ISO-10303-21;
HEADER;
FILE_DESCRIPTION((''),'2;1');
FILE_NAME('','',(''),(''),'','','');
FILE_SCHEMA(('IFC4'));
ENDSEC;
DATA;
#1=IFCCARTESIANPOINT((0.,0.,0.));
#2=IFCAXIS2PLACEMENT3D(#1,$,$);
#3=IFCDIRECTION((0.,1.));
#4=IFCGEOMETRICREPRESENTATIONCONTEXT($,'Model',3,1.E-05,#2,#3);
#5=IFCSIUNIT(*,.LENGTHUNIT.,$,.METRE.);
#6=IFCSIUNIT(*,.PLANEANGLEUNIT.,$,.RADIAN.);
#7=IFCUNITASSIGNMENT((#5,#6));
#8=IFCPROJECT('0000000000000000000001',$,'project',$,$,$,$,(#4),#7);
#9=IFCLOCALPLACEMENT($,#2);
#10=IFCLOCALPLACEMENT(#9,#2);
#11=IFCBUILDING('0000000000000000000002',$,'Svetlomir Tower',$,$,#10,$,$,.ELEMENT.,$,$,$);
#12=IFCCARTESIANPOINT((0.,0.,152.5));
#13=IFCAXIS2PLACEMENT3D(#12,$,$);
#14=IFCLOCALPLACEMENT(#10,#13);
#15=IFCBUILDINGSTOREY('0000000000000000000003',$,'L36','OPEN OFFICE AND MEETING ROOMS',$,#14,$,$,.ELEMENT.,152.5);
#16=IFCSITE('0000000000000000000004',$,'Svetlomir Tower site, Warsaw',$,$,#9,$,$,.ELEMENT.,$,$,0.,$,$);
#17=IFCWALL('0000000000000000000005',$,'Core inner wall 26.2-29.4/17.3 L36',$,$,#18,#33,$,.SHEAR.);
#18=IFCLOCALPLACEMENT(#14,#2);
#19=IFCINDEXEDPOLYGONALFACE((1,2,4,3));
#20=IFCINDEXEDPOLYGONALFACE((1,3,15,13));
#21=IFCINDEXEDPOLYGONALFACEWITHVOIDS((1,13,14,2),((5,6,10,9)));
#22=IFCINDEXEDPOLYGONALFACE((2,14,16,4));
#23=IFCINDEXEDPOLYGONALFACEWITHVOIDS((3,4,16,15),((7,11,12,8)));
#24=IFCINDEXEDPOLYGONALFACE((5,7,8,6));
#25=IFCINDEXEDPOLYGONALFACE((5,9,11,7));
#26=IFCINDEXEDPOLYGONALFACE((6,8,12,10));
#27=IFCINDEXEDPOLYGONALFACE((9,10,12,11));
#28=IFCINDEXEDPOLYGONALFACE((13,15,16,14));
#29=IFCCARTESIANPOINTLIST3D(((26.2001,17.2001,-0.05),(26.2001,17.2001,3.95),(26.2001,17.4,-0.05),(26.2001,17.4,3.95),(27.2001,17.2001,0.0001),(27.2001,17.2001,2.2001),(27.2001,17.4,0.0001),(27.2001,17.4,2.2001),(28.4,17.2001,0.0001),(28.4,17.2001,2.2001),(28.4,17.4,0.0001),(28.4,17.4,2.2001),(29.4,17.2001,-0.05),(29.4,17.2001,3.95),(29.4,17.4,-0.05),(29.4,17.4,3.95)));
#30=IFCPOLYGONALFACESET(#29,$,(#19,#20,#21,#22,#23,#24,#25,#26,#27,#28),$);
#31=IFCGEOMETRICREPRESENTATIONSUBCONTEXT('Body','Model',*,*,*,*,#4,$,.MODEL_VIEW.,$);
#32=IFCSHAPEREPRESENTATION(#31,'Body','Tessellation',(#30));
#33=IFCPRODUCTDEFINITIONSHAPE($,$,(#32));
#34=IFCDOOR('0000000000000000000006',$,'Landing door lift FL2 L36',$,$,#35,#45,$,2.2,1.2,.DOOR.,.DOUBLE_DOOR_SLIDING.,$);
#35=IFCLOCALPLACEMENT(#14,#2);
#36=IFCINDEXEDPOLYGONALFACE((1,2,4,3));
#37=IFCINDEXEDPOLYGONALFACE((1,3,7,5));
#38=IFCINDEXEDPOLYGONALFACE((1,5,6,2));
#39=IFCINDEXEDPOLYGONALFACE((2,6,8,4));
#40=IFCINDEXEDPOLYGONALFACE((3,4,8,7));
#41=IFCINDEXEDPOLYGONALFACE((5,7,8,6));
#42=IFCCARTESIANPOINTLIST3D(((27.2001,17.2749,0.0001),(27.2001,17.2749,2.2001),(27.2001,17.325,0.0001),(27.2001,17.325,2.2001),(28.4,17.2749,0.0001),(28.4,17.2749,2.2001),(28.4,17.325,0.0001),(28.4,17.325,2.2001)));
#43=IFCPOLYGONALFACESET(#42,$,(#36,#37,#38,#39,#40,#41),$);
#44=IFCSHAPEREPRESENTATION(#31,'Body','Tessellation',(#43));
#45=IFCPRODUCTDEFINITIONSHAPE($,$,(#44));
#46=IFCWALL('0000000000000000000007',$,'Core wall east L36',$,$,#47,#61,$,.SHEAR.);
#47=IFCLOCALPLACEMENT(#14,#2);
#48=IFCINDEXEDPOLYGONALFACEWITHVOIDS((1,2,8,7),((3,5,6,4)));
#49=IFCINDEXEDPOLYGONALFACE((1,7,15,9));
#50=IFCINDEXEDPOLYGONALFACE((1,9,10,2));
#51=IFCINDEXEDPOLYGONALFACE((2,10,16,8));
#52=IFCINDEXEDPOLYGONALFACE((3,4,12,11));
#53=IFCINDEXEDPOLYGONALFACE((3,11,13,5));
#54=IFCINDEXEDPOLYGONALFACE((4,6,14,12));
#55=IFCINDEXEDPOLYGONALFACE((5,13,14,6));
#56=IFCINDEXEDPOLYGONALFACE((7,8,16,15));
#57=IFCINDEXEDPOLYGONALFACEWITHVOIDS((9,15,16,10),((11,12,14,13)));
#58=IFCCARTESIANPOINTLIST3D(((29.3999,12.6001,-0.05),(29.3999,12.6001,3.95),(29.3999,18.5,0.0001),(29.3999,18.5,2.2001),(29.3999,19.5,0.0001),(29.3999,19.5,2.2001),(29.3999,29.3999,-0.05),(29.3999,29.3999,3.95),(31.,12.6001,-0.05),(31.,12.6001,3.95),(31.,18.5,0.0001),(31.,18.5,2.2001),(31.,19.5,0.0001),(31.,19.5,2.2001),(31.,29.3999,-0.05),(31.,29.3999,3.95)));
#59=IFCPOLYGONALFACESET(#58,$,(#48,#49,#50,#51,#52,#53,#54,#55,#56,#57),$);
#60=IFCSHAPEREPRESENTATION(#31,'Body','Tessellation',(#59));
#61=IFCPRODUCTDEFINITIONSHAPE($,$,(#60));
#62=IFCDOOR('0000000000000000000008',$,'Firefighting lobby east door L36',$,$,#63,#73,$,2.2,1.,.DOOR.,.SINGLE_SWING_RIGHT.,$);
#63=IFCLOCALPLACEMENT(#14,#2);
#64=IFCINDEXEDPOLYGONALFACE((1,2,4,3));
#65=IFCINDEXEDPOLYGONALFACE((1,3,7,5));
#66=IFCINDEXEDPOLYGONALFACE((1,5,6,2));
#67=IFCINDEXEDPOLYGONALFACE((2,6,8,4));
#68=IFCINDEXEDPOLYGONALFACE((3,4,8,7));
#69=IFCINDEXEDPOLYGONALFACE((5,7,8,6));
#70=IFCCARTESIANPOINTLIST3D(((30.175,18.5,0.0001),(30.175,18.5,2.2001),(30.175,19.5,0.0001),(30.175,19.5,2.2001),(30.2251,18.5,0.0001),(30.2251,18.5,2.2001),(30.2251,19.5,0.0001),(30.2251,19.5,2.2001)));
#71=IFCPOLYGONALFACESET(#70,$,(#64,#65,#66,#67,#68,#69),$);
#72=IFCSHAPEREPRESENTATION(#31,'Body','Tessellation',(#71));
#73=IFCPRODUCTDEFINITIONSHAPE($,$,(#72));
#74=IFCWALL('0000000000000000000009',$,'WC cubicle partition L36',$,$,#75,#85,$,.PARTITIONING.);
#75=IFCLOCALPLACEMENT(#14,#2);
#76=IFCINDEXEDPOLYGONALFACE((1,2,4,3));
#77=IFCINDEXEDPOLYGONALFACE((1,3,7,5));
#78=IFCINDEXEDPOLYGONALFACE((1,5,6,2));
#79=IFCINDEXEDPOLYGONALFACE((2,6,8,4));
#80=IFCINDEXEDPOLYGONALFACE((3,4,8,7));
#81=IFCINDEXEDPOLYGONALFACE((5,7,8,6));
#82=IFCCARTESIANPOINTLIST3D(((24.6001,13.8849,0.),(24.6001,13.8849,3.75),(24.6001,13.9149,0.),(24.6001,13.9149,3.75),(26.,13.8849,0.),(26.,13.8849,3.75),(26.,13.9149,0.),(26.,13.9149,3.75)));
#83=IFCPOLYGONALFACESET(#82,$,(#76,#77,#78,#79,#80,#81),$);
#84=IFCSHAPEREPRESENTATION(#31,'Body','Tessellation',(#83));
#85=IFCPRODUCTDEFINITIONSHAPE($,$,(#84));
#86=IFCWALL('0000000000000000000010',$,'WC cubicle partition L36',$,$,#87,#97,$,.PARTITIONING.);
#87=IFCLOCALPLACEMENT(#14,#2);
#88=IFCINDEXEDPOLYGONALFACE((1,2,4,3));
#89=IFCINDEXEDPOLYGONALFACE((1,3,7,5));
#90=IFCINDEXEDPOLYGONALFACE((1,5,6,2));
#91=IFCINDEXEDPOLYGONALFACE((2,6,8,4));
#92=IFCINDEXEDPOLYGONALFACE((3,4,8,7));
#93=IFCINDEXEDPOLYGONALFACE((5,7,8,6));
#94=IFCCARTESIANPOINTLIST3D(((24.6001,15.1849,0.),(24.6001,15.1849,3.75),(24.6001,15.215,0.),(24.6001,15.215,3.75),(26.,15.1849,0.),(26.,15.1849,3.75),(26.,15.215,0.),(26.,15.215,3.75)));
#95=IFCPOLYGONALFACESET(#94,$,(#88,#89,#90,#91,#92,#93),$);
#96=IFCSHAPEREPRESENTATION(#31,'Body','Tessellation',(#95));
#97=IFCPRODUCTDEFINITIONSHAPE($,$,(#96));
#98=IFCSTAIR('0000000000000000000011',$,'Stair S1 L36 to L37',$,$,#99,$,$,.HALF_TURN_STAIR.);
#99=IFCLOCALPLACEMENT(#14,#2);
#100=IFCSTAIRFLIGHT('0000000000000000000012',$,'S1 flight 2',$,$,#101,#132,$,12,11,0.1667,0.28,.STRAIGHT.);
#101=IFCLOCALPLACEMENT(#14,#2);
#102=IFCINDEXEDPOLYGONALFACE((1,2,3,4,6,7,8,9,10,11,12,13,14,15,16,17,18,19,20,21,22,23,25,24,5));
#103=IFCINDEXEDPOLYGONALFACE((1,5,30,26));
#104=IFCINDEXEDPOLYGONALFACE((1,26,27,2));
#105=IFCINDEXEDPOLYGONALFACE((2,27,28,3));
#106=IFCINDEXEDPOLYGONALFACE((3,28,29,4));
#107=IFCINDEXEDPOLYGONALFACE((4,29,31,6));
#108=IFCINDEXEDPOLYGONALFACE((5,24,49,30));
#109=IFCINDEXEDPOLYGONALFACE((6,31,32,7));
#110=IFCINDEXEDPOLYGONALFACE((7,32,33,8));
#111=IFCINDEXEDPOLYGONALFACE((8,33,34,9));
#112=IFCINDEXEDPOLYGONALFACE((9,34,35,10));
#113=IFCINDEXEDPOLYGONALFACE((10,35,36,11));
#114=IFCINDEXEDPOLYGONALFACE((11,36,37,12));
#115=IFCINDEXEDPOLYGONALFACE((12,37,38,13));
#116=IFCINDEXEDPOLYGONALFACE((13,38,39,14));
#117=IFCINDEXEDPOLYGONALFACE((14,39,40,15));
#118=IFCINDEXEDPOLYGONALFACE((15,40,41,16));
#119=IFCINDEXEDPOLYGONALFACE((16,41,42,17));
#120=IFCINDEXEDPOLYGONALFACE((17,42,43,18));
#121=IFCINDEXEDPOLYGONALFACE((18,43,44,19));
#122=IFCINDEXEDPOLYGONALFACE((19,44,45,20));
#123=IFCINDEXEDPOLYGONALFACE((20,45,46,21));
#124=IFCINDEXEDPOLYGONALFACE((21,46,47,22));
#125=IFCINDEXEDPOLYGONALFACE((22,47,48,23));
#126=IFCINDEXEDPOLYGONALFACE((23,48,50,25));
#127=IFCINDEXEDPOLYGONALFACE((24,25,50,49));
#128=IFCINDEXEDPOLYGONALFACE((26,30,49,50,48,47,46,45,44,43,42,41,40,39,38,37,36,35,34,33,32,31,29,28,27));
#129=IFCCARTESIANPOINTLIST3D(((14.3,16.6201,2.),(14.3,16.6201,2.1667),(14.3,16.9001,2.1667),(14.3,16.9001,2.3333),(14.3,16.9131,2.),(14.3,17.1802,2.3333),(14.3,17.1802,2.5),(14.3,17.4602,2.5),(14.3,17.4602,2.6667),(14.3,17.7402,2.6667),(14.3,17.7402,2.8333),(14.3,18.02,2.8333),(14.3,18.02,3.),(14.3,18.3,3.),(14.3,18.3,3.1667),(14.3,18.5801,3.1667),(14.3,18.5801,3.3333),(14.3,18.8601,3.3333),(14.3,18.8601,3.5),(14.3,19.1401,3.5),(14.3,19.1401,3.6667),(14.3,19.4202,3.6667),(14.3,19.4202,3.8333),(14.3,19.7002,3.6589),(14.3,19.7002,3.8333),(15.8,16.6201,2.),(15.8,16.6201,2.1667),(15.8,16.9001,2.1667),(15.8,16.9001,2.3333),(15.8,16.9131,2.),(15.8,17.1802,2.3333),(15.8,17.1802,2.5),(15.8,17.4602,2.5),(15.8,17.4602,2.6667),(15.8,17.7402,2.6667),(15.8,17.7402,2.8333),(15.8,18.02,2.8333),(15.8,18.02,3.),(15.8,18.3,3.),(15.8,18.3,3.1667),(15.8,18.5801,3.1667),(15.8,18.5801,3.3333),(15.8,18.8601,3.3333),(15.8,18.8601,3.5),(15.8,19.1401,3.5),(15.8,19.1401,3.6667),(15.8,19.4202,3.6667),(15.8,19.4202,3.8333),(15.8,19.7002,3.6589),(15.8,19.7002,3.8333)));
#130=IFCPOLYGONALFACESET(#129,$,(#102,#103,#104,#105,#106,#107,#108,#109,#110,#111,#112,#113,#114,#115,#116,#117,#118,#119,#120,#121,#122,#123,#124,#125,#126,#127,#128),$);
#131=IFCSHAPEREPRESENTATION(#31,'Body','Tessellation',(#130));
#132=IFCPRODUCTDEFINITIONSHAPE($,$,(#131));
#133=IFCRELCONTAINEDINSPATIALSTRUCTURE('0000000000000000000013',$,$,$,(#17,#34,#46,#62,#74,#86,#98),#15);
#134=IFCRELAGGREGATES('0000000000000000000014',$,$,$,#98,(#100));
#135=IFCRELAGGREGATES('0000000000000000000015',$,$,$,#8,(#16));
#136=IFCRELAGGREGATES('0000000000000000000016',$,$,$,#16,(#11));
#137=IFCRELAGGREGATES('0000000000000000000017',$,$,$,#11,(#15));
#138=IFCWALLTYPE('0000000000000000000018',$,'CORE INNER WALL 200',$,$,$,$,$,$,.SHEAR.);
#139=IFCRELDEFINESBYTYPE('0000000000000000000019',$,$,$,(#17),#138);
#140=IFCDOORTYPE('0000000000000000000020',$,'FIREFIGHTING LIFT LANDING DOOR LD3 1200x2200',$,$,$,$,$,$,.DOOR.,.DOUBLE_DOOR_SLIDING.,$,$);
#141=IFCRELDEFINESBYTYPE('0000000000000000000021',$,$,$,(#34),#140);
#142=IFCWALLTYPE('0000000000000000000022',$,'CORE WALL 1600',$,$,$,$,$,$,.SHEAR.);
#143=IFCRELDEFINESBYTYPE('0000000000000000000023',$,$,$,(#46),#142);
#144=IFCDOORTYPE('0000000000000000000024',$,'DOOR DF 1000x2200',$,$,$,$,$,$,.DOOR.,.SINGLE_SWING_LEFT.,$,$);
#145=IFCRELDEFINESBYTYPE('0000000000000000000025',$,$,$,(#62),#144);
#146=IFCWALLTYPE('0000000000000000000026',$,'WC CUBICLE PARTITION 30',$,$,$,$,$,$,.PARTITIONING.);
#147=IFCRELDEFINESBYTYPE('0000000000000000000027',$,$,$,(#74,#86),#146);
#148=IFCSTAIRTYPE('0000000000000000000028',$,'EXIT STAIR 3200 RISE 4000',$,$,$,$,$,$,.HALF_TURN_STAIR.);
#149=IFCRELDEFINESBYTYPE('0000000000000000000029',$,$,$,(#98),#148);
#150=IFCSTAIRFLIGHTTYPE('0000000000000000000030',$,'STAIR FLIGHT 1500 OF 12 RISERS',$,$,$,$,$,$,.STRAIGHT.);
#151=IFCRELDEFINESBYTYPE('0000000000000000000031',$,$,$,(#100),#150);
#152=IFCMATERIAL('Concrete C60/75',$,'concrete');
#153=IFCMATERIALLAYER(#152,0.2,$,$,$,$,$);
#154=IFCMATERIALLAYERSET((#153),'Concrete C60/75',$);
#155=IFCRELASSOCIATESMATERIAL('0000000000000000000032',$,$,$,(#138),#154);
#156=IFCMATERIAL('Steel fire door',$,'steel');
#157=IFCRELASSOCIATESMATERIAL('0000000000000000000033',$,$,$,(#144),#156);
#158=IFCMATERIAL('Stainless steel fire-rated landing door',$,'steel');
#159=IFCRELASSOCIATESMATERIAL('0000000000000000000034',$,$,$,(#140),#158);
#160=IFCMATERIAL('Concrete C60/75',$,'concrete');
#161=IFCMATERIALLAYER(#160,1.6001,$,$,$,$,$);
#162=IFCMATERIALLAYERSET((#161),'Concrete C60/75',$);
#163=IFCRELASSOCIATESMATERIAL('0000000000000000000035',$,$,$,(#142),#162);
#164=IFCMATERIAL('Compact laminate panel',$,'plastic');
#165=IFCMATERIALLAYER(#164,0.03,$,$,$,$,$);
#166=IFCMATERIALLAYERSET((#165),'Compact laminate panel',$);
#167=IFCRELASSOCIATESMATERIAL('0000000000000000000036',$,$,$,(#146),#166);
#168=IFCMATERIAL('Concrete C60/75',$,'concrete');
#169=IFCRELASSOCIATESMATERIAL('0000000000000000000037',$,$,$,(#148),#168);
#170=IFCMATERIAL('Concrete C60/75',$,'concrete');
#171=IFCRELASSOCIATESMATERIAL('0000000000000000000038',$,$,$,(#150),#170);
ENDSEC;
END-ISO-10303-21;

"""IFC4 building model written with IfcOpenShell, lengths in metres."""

from ifc_helpers import new_model, si_unit, direction, frame, frame_2d, origin, place, context, subcontext, project, spatial, polyline, rectangle, outline, extrude, material, layer, layer_set, type_object, element, fill, aggregate, save


model = new_model("IFC4")

# Units and contexts
model_context = context("Model", 3, precision=1e-05, world=origin(), true_north=direction((0.0, 1.0)))
body_context = subcontext(model_context, "Body", "Model", "MODEL_VIEW")
ifc_project = project(units=[si_unit("LENGTHUNIT", "METRE"), si_unit("PLANEANGLEUNIT", "RADIAN")], contexts=[model_context])

# Site, building, storey
site_placement = place(None, origin())
site = spatial("IfcSite", under=ifc_project, at=site_placement, Name="Svetlomir Tower site, Warsaw", CompositionType="ELEMENT", RefElevation=0.0)
building_placement = place(site_placement, origin())
building = spatial("IfcBuilding", under=site, at=building_placement, Name="Svetlomir Tower", CompositionType="ELEMENT")
storey_placement = place(building_placement, frame((0.0, 0.0, 152.5)))
storey = spatial("IfcBuildingStorey", under=building, at=storey_placement, Name="L36", Description="OPEN OFFICE AND MEETING ROOMS", CompositionType="ELEMENT", Elevation=152.5)

# Shared definitions
ifc_material_1 = material(Name="Concrete C60/75", Category="concrete")
ifc_layer_1 = layer(ifc_material_1, 0.2)
ifc_layer_set_1 = layer_set([ifc_layer_1], Name="Concrete C60/75")
wall_type_1 = type_object("IfcWallType", Name="CORE INNER WALL 200", PredefinedType="SHEAR", material=ifc_layer_set_1)

# Shared definitions
ifc_material_2 = material(Name="Steel fire door", Category="steel")
door_type_1 = type_object("IfcDoorType", Name="DOOR DF 1000x2200", OperationType="SINGLE_SWING_LEFT", PredefinedType="DOOR", material=ifc_material_2)

# Walls, openings, doors
wall_1_placement = place(storey_placement, frame((26.2, 17.3, -0.05), z_axis=(0.0, 0.0, 1.0), x_axis=(1.0, 0.0, 0.0)))
wall_1 = element("IfcWall", 1, at=wall_1_placement, inside=storey, type_object=wall_type_1, Name="Core inner wall 26.2-29.4/17.3 L36", PredefinedType="SHEAR", context=body_context, shape_type="SweptSolid", body=[
    extrude(rectangle(XDim=3.2, YDim=0.2, at=frame_2d((1.6001, 0.0))), origin(), (0.0, 0.0, 1.0), 4.0),
])
opening_1_placement = place(wall_1_placement, frame((1.0, 0.0, 0.05)))
opening_1 = element("IfcOpeningElement", 2, at=opening_1_placement, cuts=wall_1, PredefinedType="OPENING", context=body_context, shape_type="SweptSolid", body=[
    extrude(rectangle(XDim=1.2, YDim=2.2, at=frame_2d((0.6001, 1.1001))), frame((0.0, 0.1099, 0.0), z_axis=(0.0, -1.0, 0.0), x_axis=(1.0, 0.0, 0.0)), (0.0, 0.0, 1.0), 0.22),
])
ifc_material_3 = material(Name="Stainless steel fire-rated landing door", Category="steel")
door_type_2 = type_object("IfcDoorType", Name="FIREFIGHTING LIFT LANDING DOOR LD3 1200x2200", OperationType="DOUBLE_DOOR_SLIDING", PredefinedType="DOOR", material=ifc_material_3)
door_1_placement = place(opening_1_placement, origin())
door_1 = element("IfcDoor", 3, at=door_1_placement, inside=storey, type_object=door_type_2, Name="Landing door lift FL2 L36", OperationType="DOUBLE_DOOR_SLIDING", OverallHeight=2.2, OverallWidth=1.2, PredefinedType="DOOR", context=body_context, shape_type="SweptSolid", body=[
    extrude(rectangle(XDim=1.2, YDim=2.2, at=frame_2d((0.6001, 1.1001))), frame((0.0, 0.0249, 0.0), z_axis=(0.0, -1.0, 0.0), x_axis=(1.0, 0.0, 0.0)), (0.0, 0.0, 1.0), 0.05),
])
fill(opening_1, door_1)
ifc_material_4 = material(Name="Concrete C60/75", Category="concrete")
ifc_layer_2 = layer(ifc_material_4, 1.6001)
ifc_layer_set_2 = layer_set([ifc_layer_2], Name="Concrete C60/75")
wall_type_2 = type_object("IfcWallType", Name="CORE WALL 1600", PredefinedType="SHEAR", material=ifc_layer_set_2)
wall_2_placement = place(storey_placement, frame((30.2, 12.6001, -0.05), z_axis=(0.0, 0.0, 1.0), x_axis=(0.0, 1.0, 0.0)))
wall_2 = element("IfcWall", 4, at=wall_2_placement, inside=storey, type_object=wall_type_2, Name="Core wall east L36", PredefinedType="SHEAR", context=body_context, shape_type="SweptSolid", body=[
    extrude(rectangle(XDim=16.7998, YDim=1.6001, at=frame_2d((8.3999, 0.0))), origin(), (0.0, 0.0, 1.0), 4.0),
])
opening_2_placement = place(wall_2_placement, frame((5.8999, 0.0, 0.05)))
opening_2 = element("IfcOpeningElement", 5, at=opening_2_placement, cuts=wall_2, PredefinedType="OPENING", context=body_context, shape_type="SweptSolid", body=[
    extrude(rectangle(XDim=1.0, YDim=2.2, at=frame_2d((0.5, 1.1001))), frame((0.0, 0.8101, 0.0), z_axis=(0.0, -1.0, 0.0), x_axis=(1.0, 0.0, 0.0)), (0.0, 0.0, 1.0), 1.6201),
])
door_2_placement = place(opening_2_placement, origin())
door_2 = element("IfcDoor", 6, at=door_2_placement, inside=storey, type_object=door_type_1, Name="Firefighting lobby east door L36", OperationType="SINGLE_SWING_RIGHT", OverallHeight=2.2, OverallWidth=1.0, PredefinedType="DOOR", context=body_context, shape_type="SweptSolid", body=[
    extrude(rectangle(XDim=1.0, YDim=2.2, at=frame_2d((0.5, 1.1001))), frame((0.0, 0.0249, 0.0), z_axis=(0.0, -1.0, 0.0), x_axis=(1.0, 0.0, 0.0)), (0.0, 0.0, 1.0), 0.05),
])
fill(opening_2, door_2)

# Walls
ifc_material_5 = material(Name="Compact laminate panel", Category="plastic")
ifc_layer_3 = layer(ifc_material_5, 0.03)
ifc_layer_set_3 = layer_set([ifc_layer_3], Name="Compact laminate panel")
wall_type_3 = type_object("IfcWallType", Name="WC CUBICLE PARTITION 30", PredefinedType="PARTITIONING", material=ifc_layer_set_3)
for number, where, z_axis, x_axis, name in (
    (7, (24.6001, 13.8999, 0.0), (0.0, 0.0, 1.0), (1.0, 0.0, 0.0), "WC cubicle partition L36"),
    (8, (24.6001, 15.2, 0.0), (0.0, 0.0, 1.0), (1.0, 0.0, 0.0), "WC cubicle partition L36"),
):
    element("IfcWall", number, at=place(storey_placement, frame(where, z_axis=z_axis, x_axis=x_axis)), inside=storey, type_object=wall_type_3, Name=name, PredefinedType="PARTITIONING", context=body_context, shape_type="SweptSolid", body=[
        extrude(rectangle(XDim=1.3999, YDim=0.03, at=frame_2d((0.7, 0.0))), origin(), (0.0, 0.0, 1.0), 3.75),
    ])

# Stair, stair flight
ifc_material_6 = material(Name="Concrete C60/75", Category="concrete")
stair_type = type_object("IfcStairType", Name="EXIT STAIR 3200 RISE 4000", PredefinedType="HALF_TURN_STAIR", material=ifc_material_6)
stair_placement = place(storey_placement, origin())
stair = element("IfcStair", 9, at=stair_placement, inside=storey, type_object=stair_type, Name="Stair S1 L36 to L37", PredefinedType="HALF_TURN_STAIR")
ifc_material_7 = material(Name="Concrete C60/75", Category="concrete")
stair_flight_type = type_object("IfcStairFlightType", Name="STAIR FLIGHT 1500 OF 12 RISERS", PredefinedType="STRAIGHT", material=ifc_material_7)
stair_flight_placement = place(storey_placement, frame((15.05, 16.6201, 2.0), z_axis=(0.0, 0.0, 1.0), x_axis=(0.0, 1.0, 0.0)))
stair_flight = element("IfcStairFlight", 10, at=stair_flight_placement, type_object=stair_flight_type, Name="S1 flight 2", NumberOfRisers=12, NumberOfTreads=11, PredefinedType="STRAIGHT", RiserHeight=0.1667, TreadLength=0.28, context=body_context, shape_type="SweptSolid", body=[
    extrude(outline(polyline([(0.0, 0.0), (0.0, 0.1667), (0.28, 0.1667), (0.28, 0.3333), (0.5601, 0.3333), (0.5601, 0.5), (0.8401, 0.5), (0.8401, 0.6667), (1.1201, 0.6667), (1.1201, 0.8333), (1.3999, 0.8333), (1.3999, 1.0), (1.6799, 1.0), (1.6799, 1.1667), (1.96, 1.1667), (1.96, 1.3333), (2.24, 1.3333), (2.24, 1.5), (2.52, 1.5), (2.52, 1.6667), (2.8, 1.6667), (2.8, 1.8333), (3.0801, 1.8333), (3.0801, 2.0), (3.0801, 1.6589), (0.293, 0.0), (0.0, 0.0)])), frame((0.0, 0.75, 0.0), z_axis=(0.0, -1.0, 0.0), x_axis=(1.0, 0.0, 0.0)), (0.0, 0.0, 1.0), 1.5),
])
aggregate(stair, [stair_flight])

save(model, "model.ifc")
